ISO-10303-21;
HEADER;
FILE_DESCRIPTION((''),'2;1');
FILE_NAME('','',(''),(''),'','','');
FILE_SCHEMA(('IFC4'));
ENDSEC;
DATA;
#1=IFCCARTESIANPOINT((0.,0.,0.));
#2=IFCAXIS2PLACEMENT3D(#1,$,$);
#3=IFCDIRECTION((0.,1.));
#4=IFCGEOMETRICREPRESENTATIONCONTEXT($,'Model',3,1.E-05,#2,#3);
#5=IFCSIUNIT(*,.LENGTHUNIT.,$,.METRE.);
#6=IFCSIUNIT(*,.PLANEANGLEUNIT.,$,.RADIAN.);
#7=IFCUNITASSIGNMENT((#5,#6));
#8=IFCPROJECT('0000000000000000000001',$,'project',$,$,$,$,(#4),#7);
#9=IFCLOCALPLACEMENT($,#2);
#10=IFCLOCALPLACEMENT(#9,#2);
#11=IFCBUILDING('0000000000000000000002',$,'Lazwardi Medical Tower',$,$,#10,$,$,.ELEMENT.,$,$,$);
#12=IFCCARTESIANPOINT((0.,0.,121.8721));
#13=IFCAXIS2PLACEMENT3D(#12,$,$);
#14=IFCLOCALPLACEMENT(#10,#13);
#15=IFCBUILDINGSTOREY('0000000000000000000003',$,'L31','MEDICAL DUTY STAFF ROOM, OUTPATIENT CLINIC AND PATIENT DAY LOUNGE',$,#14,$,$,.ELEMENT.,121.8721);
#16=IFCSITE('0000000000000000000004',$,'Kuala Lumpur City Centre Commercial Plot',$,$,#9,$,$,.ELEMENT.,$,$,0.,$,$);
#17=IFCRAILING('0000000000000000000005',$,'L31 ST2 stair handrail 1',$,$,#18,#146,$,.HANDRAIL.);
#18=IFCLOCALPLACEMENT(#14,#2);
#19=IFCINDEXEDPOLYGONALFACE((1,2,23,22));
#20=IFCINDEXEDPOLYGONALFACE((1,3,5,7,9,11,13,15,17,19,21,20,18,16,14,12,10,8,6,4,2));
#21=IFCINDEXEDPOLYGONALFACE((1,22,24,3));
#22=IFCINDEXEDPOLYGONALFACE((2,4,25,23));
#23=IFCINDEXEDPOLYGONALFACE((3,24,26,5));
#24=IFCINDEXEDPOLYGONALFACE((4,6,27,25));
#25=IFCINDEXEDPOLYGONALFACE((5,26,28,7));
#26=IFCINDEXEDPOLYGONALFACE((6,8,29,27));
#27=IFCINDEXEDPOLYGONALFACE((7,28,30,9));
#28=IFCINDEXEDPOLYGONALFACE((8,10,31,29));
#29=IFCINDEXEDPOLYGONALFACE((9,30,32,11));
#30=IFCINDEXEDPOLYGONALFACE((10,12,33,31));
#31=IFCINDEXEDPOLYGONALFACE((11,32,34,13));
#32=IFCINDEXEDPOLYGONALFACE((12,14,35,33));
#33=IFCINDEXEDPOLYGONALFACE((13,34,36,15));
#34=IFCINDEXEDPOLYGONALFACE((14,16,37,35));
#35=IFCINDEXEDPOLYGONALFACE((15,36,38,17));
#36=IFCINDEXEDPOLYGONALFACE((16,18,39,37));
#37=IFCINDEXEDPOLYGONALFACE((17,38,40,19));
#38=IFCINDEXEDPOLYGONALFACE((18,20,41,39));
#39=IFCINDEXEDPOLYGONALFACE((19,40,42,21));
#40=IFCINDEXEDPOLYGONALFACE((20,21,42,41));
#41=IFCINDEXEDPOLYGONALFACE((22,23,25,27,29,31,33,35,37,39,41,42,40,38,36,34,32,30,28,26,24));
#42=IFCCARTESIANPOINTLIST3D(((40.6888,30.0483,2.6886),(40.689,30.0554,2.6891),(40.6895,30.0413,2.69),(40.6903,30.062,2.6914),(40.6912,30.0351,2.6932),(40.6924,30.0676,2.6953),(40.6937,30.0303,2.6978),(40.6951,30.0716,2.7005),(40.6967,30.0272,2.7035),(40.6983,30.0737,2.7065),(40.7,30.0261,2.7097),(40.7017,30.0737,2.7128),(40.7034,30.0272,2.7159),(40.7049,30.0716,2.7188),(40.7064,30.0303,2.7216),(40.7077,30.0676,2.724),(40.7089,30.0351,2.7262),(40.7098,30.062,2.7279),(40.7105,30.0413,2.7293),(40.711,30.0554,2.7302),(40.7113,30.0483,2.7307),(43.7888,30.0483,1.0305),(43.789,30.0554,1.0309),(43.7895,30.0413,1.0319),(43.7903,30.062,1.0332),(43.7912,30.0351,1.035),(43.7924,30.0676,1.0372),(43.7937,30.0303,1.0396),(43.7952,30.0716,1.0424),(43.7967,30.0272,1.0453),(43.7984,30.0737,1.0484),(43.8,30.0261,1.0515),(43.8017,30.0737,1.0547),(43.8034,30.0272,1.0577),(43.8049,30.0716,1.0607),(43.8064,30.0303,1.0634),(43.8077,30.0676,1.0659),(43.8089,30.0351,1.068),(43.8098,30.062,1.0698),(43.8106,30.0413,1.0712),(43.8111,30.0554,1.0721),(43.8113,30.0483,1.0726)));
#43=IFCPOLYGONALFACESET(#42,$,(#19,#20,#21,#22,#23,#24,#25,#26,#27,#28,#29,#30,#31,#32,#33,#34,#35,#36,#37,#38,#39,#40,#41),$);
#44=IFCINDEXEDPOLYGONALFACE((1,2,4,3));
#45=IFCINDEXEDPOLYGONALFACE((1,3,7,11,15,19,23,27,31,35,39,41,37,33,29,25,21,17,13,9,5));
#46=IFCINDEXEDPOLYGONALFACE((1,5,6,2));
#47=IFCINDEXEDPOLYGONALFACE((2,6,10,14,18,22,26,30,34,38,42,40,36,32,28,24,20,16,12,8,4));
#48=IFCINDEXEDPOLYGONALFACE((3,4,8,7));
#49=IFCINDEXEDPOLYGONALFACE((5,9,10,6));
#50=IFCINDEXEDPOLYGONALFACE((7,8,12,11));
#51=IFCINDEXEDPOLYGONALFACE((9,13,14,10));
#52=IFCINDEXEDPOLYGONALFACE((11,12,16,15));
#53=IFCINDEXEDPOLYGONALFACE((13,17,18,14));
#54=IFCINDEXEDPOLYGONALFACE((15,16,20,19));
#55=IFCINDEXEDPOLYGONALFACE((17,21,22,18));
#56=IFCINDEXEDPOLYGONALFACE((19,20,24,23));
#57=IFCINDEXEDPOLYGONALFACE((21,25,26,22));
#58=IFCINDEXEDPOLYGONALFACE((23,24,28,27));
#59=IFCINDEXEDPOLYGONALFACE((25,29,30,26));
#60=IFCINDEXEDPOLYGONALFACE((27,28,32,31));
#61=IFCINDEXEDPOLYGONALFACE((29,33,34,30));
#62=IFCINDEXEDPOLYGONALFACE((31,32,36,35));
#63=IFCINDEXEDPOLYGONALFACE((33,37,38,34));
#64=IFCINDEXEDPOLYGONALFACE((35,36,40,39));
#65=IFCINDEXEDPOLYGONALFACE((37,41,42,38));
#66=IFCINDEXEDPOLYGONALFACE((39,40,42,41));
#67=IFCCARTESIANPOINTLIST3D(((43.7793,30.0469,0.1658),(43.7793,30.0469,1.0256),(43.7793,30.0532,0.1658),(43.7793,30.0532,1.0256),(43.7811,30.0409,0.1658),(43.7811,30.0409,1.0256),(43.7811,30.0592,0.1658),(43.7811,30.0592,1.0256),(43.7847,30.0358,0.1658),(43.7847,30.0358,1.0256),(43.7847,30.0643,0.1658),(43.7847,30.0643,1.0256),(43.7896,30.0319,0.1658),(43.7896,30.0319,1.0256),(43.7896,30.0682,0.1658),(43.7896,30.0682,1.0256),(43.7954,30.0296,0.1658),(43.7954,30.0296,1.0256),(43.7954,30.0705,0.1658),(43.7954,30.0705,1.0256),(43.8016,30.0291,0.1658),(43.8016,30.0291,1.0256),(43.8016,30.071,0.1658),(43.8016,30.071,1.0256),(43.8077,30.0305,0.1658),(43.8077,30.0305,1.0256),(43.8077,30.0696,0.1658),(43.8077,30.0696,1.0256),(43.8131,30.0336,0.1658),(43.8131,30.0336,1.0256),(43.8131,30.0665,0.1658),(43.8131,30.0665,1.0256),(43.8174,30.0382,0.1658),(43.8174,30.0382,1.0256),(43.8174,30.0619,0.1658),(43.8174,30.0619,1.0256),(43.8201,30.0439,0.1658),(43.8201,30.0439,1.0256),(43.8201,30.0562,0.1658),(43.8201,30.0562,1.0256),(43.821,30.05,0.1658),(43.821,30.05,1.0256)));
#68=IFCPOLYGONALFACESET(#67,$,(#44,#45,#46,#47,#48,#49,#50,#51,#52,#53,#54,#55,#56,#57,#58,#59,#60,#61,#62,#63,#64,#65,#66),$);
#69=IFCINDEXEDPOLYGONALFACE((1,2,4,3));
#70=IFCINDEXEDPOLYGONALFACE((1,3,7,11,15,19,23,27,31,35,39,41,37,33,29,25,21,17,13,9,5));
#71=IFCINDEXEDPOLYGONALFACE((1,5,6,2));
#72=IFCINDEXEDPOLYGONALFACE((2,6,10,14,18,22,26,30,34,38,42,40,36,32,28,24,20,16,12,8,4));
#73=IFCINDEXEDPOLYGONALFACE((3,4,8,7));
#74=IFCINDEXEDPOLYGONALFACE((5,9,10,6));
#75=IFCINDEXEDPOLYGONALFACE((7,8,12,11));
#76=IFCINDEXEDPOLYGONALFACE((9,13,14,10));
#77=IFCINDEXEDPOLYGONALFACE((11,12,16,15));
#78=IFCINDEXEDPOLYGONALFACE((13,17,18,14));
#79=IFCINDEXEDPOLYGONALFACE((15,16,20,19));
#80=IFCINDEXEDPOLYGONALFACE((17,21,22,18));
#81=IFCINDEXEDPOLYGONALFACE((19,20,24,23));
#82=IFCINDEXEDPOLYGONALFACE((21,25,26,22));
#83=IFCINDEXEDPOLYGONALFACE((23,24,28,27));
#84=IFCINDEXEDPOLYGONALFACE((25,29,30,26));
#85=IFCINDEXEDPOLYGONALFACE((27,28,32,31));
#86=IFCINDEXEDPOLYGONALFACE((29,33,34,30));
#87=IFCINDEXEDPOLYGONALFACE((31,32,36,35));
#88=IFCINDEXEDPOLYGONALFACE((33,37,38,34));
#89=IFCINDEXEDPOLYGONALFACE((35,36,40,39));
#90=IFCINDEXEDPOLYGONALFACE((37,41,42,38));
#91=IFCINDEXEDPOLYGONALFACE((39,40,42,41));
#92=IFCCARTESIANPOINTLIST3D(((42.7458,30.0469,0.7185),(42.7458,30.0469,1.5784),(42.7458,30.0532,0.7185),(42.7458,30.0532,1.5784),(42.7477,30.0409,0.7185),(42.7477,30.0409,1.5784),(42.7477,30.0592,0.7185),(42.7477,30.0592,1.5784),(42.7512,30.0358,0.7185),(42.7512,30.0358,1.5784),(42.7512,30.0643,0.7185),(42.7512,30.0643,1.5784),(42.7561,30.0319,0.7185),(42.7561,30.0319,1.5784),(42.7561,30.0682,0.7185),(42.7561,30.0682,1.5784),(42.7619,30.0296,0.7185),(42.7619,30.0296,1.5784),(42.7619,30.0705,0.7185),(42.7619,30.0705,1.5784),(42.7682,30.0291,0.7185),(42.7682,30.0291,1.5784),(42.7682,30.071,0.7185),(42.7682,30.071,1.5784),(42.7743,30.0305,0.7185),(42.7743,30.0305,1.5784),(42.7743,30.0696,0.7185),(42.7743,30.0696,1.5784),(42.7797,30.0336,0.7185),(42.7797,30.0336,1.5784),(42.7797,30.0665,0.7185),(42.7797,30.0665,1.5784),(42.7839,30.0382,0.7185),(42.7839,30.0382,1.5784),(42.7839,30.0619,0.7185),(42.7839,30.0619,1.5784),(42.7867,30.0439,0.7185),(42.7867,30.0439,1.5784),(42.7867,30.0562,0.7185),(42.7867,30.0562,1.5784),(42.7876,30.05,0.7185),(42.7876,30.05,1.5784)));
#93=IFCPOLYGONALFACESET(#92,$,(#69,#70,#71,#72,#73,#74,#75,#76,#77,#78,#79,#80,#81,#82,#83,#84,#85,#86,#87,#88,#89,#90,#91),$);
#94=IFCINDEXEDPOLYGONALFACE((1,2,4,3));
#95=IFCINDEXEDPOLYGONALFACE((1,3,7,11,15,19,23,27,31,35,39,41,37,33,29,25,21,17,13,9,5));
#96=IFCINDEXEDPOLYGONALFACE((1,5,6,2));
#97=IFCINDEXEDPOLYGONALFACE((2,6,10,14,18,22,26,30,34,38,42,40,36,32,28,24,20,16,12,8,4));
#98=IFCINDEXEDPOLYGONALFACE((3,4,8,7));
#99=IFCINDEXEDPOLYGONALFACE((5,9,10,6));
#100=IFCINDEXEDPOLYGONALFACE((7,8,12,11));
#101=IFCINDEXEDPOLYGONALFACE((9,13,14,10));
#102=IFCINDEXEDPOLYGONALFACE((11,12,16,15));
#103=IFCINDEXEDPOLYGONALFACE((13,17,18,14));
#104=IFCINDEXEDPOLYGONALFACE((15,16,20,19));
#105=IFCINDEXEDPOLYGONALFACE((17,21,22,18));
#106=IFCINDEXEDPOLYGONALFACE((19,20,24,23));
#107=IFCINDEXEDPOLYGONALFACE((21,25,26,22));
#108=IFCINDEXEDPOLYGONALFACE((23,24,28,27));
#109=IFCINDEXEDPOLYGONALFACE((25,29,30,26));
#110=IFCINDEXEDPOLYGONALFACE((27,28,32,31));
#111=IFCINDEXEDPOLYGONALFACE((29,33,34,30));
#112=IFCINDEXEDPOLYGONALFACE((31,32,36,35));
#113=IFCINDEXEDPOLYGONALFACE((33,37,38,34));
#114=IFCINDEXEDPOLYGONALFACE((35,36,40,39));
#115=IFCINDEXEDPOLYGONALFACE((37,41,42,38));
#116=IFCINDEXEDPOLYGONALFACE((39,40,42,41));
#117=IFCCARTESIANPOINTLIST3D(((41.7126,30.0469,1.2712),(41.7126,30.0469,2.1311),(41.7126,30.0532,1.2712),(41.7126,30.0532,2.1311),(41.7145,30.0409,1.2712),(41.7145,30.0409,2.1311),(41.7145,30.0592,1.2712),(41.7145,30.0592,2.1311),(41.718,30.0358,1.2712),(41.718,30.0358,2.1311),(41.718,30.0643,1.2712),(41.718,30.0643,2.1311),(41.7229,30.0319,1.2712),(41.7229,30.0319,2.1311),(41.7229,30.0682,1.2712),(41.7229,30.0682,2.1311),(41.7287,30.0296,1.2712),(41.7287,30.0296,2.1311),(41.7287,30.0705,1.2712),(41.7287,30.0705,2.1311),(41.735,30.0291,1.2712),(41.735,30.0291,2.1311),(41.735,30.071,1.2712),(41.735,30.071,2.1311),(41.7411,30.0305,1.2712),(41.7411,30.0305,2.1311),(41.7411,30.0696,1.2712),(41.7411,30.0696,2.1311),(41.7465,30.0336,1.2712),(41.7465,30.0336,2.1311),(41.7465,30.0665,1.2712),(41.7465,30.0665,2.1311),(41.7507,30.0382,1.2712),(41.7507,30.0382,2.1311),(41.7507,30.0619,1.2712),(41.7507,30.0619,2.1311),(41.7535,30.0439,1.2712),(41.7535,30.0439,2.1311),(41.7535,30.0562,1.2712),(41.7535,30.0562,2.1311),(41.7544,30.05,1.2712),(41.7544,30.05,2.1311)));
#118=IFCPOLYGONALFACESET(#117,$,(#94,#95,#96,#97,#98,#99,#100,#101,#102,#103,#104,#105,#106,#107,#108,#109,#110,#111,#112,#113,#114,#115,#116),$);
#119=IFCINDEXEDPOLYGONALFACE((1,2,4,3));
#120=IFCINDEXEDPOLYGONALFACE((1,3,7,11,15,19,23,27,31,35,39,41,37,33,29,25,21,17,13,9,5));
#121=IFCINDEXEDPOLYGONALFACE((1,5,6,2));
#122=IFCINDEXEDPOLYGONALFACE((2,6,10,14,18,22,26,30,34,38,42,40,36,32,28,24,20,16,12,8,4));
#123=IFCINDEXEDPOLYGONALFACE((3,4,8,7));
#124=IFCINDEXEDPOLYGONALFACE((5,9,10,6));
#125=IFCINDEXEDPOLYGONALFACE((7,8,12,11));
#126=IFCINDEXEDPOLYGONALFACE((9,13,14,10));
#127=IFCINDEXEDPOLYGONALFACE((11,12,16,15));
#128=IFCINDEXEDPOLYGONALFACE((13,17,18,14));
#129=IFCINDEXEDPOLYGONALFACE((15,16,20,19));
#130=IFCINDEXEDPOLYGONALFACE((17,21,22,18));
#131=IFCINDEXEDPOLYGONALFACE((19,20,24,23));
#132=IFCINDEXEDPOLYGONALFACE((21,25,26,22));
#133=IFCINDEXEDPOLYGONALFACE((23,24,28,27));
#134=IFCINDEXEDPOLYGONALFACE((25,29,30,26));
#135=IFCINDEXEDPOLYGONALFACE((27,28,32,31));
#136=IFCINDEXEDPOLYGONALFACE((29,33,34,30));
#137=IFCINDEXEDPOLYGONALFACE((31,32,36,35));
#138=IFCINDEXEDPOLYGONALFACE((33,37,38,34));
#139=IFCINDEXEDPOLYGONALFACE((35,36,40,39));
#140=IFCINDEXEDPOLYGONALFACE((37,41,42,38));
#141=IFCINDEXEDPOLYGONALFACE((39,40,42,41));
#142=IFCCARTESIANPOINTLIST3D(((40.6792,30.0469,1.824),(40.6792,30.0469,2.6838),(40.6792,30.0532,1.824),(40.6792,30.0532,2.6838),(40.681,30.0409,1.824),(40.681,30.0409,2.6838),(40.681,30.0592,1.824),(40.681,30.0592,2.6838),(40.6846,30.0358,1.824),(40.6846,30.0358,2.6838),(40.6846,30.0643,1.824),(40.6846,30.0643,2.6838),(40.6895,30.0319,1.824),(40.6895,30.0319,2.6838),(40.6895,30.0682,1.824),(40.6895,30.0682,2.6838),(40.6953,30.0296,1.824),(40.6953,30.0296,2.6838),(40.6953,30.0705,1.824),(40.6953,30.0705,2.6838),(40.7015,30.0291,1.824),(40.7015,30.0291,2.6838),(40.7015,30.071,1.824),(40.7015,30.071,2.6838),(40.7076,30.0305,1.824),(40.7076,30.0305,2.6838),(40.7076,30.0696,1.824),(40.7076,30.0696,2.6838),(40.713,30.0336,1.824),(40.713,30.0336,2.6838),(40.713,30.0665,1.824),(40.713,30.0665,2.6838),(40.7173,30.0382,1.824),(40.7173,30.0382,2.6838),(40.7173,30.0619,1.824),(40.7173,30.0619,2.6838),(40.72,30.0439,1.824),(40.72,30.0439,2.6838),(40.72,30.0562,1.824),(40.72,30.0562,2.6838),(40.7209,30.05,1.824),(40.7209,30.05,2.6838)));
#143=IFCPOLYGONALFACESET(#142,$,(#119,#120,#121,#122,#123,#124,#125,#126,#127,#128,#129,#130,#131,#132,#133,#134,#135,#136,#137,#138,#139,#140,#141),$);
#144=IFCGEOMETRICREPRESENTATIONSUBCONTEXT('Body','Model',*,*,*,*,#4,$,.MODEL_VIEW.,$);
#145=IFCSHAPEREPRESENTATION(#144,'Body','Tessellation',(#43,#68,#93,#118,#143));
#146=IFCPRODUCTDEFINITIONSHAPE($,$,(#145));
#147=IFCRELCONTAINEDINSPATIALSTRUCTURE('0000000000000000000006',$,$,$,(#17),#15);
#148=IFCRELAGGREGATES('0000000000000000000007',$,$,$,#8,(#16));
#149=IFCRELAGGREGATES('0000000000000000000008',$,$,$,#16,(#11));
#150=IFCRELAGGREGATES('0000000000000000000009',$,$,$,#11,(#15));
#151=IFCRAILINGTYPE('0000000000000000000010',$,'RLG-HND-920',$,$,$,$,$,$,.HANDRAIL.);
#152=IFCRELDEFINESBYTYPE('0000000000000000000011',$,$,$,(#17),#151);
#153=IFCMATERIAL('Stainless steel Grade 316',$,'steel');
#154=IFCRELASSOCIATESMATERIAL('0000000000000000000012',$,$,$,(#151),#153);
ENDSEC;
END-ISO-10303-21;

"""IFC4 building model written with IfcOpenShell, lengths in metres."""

from ifc_helpers import new_model, si_unit, direction, frame, origin, origin_2d, place, context, subcontext, project, spatial, circle, extrude, material, type_object, element, save


model = new_model("IFC4")

# Units and contexts
model_context = context("Model", 3, precision=1e-05, world=origin(), true_north=direction((0.0, 1.0)))
body_context = subcontext(model_context, "Body", "Model", "MODEL_VIEW")
ifc_project = project(units=[si_unit("LENGTHUNIT", "METRE"), si_unit("PLANEANGLEUNIT", "RADIAN")], contexts=[model_context])

# Site, building, storey
site_placement = place(None, origin())
site = spatial("IfcSite", under=ifc_project, at=site_placement, Name="Kuala Lumpur City Centre Commercial Plot", CompositionType="ELEMENT", RefElevation=0.0)
building_placement = place(site_placement, origin())
building = spatial("IfcBuilding", under=site, at=building_placement, Name="Lazwardi Medical Tower", CompositionType="ELEMENT")
storey_placement = place(building_placement, frame((0.0, 0.0, 121.8721)))
storey = spatial("IfcBuildingStorey", under=building, at=storey_placement, Name="L31", Description="MEDICAL DUTY STAFF ROOM, OUTPATIENT CLINIC AND PATIENT DAY LOUNGE", CompositionType="ELEMENT", Elevation=121.8721)

# Railing
ifc_material_1 = material(Name="Stainless steel Grade 316", Category="steel")
railing_type_1 = type_object("IfcRailingType", Name="RLG-HND-920", PredefinedType="HANDRAIL", material=ifc_material_1)
railing_1_placement = place(storey_placement, frame((43.8, 30.05, 0.1658)))
element("IfcRailing", 1, at=railing_1_placement, inside=storey, type_object=railing_type_1, Name="L31 ST2 stair handrail 1", PredefinedType="HANDRAIL", context=body_context, shape_type="SweptSolid", body=[
    extrude(circle(Radius=0.0239, at=origin_2d()), frame((0.0, 0.0, 0.8857), z_axis=(-0.881783, 0.0, 0.471655), x_axis=(0.0, -1.0, 0.0)), (0.0, 0.0, 1.0), 3.5156),
    extrude(circle(Radius=0.021, at=origin_2d()), origin(), (0.0, 0.0, 1.0), 0.8599),
    extrude(circle(Radius=0.021, at=origin_2d()), frame((-1.0334, 0.0, 0.5527)), (0.0, 0.0, 1.0), 0.8599),
    extrude(circle(Radius=0.021, at=origin_2d()), frame((-2.0667, 0.0, 1.1055)), (0.0, 0.0, 1.0), 0.8599),
    extrude(circle(Radius=0.021, at=origin_2d()), frame((-3.1001, 0.0, 1.6582)), (0.0, 0.0, 1.0), 0.8599),
])

save(model, "model.ifc")
